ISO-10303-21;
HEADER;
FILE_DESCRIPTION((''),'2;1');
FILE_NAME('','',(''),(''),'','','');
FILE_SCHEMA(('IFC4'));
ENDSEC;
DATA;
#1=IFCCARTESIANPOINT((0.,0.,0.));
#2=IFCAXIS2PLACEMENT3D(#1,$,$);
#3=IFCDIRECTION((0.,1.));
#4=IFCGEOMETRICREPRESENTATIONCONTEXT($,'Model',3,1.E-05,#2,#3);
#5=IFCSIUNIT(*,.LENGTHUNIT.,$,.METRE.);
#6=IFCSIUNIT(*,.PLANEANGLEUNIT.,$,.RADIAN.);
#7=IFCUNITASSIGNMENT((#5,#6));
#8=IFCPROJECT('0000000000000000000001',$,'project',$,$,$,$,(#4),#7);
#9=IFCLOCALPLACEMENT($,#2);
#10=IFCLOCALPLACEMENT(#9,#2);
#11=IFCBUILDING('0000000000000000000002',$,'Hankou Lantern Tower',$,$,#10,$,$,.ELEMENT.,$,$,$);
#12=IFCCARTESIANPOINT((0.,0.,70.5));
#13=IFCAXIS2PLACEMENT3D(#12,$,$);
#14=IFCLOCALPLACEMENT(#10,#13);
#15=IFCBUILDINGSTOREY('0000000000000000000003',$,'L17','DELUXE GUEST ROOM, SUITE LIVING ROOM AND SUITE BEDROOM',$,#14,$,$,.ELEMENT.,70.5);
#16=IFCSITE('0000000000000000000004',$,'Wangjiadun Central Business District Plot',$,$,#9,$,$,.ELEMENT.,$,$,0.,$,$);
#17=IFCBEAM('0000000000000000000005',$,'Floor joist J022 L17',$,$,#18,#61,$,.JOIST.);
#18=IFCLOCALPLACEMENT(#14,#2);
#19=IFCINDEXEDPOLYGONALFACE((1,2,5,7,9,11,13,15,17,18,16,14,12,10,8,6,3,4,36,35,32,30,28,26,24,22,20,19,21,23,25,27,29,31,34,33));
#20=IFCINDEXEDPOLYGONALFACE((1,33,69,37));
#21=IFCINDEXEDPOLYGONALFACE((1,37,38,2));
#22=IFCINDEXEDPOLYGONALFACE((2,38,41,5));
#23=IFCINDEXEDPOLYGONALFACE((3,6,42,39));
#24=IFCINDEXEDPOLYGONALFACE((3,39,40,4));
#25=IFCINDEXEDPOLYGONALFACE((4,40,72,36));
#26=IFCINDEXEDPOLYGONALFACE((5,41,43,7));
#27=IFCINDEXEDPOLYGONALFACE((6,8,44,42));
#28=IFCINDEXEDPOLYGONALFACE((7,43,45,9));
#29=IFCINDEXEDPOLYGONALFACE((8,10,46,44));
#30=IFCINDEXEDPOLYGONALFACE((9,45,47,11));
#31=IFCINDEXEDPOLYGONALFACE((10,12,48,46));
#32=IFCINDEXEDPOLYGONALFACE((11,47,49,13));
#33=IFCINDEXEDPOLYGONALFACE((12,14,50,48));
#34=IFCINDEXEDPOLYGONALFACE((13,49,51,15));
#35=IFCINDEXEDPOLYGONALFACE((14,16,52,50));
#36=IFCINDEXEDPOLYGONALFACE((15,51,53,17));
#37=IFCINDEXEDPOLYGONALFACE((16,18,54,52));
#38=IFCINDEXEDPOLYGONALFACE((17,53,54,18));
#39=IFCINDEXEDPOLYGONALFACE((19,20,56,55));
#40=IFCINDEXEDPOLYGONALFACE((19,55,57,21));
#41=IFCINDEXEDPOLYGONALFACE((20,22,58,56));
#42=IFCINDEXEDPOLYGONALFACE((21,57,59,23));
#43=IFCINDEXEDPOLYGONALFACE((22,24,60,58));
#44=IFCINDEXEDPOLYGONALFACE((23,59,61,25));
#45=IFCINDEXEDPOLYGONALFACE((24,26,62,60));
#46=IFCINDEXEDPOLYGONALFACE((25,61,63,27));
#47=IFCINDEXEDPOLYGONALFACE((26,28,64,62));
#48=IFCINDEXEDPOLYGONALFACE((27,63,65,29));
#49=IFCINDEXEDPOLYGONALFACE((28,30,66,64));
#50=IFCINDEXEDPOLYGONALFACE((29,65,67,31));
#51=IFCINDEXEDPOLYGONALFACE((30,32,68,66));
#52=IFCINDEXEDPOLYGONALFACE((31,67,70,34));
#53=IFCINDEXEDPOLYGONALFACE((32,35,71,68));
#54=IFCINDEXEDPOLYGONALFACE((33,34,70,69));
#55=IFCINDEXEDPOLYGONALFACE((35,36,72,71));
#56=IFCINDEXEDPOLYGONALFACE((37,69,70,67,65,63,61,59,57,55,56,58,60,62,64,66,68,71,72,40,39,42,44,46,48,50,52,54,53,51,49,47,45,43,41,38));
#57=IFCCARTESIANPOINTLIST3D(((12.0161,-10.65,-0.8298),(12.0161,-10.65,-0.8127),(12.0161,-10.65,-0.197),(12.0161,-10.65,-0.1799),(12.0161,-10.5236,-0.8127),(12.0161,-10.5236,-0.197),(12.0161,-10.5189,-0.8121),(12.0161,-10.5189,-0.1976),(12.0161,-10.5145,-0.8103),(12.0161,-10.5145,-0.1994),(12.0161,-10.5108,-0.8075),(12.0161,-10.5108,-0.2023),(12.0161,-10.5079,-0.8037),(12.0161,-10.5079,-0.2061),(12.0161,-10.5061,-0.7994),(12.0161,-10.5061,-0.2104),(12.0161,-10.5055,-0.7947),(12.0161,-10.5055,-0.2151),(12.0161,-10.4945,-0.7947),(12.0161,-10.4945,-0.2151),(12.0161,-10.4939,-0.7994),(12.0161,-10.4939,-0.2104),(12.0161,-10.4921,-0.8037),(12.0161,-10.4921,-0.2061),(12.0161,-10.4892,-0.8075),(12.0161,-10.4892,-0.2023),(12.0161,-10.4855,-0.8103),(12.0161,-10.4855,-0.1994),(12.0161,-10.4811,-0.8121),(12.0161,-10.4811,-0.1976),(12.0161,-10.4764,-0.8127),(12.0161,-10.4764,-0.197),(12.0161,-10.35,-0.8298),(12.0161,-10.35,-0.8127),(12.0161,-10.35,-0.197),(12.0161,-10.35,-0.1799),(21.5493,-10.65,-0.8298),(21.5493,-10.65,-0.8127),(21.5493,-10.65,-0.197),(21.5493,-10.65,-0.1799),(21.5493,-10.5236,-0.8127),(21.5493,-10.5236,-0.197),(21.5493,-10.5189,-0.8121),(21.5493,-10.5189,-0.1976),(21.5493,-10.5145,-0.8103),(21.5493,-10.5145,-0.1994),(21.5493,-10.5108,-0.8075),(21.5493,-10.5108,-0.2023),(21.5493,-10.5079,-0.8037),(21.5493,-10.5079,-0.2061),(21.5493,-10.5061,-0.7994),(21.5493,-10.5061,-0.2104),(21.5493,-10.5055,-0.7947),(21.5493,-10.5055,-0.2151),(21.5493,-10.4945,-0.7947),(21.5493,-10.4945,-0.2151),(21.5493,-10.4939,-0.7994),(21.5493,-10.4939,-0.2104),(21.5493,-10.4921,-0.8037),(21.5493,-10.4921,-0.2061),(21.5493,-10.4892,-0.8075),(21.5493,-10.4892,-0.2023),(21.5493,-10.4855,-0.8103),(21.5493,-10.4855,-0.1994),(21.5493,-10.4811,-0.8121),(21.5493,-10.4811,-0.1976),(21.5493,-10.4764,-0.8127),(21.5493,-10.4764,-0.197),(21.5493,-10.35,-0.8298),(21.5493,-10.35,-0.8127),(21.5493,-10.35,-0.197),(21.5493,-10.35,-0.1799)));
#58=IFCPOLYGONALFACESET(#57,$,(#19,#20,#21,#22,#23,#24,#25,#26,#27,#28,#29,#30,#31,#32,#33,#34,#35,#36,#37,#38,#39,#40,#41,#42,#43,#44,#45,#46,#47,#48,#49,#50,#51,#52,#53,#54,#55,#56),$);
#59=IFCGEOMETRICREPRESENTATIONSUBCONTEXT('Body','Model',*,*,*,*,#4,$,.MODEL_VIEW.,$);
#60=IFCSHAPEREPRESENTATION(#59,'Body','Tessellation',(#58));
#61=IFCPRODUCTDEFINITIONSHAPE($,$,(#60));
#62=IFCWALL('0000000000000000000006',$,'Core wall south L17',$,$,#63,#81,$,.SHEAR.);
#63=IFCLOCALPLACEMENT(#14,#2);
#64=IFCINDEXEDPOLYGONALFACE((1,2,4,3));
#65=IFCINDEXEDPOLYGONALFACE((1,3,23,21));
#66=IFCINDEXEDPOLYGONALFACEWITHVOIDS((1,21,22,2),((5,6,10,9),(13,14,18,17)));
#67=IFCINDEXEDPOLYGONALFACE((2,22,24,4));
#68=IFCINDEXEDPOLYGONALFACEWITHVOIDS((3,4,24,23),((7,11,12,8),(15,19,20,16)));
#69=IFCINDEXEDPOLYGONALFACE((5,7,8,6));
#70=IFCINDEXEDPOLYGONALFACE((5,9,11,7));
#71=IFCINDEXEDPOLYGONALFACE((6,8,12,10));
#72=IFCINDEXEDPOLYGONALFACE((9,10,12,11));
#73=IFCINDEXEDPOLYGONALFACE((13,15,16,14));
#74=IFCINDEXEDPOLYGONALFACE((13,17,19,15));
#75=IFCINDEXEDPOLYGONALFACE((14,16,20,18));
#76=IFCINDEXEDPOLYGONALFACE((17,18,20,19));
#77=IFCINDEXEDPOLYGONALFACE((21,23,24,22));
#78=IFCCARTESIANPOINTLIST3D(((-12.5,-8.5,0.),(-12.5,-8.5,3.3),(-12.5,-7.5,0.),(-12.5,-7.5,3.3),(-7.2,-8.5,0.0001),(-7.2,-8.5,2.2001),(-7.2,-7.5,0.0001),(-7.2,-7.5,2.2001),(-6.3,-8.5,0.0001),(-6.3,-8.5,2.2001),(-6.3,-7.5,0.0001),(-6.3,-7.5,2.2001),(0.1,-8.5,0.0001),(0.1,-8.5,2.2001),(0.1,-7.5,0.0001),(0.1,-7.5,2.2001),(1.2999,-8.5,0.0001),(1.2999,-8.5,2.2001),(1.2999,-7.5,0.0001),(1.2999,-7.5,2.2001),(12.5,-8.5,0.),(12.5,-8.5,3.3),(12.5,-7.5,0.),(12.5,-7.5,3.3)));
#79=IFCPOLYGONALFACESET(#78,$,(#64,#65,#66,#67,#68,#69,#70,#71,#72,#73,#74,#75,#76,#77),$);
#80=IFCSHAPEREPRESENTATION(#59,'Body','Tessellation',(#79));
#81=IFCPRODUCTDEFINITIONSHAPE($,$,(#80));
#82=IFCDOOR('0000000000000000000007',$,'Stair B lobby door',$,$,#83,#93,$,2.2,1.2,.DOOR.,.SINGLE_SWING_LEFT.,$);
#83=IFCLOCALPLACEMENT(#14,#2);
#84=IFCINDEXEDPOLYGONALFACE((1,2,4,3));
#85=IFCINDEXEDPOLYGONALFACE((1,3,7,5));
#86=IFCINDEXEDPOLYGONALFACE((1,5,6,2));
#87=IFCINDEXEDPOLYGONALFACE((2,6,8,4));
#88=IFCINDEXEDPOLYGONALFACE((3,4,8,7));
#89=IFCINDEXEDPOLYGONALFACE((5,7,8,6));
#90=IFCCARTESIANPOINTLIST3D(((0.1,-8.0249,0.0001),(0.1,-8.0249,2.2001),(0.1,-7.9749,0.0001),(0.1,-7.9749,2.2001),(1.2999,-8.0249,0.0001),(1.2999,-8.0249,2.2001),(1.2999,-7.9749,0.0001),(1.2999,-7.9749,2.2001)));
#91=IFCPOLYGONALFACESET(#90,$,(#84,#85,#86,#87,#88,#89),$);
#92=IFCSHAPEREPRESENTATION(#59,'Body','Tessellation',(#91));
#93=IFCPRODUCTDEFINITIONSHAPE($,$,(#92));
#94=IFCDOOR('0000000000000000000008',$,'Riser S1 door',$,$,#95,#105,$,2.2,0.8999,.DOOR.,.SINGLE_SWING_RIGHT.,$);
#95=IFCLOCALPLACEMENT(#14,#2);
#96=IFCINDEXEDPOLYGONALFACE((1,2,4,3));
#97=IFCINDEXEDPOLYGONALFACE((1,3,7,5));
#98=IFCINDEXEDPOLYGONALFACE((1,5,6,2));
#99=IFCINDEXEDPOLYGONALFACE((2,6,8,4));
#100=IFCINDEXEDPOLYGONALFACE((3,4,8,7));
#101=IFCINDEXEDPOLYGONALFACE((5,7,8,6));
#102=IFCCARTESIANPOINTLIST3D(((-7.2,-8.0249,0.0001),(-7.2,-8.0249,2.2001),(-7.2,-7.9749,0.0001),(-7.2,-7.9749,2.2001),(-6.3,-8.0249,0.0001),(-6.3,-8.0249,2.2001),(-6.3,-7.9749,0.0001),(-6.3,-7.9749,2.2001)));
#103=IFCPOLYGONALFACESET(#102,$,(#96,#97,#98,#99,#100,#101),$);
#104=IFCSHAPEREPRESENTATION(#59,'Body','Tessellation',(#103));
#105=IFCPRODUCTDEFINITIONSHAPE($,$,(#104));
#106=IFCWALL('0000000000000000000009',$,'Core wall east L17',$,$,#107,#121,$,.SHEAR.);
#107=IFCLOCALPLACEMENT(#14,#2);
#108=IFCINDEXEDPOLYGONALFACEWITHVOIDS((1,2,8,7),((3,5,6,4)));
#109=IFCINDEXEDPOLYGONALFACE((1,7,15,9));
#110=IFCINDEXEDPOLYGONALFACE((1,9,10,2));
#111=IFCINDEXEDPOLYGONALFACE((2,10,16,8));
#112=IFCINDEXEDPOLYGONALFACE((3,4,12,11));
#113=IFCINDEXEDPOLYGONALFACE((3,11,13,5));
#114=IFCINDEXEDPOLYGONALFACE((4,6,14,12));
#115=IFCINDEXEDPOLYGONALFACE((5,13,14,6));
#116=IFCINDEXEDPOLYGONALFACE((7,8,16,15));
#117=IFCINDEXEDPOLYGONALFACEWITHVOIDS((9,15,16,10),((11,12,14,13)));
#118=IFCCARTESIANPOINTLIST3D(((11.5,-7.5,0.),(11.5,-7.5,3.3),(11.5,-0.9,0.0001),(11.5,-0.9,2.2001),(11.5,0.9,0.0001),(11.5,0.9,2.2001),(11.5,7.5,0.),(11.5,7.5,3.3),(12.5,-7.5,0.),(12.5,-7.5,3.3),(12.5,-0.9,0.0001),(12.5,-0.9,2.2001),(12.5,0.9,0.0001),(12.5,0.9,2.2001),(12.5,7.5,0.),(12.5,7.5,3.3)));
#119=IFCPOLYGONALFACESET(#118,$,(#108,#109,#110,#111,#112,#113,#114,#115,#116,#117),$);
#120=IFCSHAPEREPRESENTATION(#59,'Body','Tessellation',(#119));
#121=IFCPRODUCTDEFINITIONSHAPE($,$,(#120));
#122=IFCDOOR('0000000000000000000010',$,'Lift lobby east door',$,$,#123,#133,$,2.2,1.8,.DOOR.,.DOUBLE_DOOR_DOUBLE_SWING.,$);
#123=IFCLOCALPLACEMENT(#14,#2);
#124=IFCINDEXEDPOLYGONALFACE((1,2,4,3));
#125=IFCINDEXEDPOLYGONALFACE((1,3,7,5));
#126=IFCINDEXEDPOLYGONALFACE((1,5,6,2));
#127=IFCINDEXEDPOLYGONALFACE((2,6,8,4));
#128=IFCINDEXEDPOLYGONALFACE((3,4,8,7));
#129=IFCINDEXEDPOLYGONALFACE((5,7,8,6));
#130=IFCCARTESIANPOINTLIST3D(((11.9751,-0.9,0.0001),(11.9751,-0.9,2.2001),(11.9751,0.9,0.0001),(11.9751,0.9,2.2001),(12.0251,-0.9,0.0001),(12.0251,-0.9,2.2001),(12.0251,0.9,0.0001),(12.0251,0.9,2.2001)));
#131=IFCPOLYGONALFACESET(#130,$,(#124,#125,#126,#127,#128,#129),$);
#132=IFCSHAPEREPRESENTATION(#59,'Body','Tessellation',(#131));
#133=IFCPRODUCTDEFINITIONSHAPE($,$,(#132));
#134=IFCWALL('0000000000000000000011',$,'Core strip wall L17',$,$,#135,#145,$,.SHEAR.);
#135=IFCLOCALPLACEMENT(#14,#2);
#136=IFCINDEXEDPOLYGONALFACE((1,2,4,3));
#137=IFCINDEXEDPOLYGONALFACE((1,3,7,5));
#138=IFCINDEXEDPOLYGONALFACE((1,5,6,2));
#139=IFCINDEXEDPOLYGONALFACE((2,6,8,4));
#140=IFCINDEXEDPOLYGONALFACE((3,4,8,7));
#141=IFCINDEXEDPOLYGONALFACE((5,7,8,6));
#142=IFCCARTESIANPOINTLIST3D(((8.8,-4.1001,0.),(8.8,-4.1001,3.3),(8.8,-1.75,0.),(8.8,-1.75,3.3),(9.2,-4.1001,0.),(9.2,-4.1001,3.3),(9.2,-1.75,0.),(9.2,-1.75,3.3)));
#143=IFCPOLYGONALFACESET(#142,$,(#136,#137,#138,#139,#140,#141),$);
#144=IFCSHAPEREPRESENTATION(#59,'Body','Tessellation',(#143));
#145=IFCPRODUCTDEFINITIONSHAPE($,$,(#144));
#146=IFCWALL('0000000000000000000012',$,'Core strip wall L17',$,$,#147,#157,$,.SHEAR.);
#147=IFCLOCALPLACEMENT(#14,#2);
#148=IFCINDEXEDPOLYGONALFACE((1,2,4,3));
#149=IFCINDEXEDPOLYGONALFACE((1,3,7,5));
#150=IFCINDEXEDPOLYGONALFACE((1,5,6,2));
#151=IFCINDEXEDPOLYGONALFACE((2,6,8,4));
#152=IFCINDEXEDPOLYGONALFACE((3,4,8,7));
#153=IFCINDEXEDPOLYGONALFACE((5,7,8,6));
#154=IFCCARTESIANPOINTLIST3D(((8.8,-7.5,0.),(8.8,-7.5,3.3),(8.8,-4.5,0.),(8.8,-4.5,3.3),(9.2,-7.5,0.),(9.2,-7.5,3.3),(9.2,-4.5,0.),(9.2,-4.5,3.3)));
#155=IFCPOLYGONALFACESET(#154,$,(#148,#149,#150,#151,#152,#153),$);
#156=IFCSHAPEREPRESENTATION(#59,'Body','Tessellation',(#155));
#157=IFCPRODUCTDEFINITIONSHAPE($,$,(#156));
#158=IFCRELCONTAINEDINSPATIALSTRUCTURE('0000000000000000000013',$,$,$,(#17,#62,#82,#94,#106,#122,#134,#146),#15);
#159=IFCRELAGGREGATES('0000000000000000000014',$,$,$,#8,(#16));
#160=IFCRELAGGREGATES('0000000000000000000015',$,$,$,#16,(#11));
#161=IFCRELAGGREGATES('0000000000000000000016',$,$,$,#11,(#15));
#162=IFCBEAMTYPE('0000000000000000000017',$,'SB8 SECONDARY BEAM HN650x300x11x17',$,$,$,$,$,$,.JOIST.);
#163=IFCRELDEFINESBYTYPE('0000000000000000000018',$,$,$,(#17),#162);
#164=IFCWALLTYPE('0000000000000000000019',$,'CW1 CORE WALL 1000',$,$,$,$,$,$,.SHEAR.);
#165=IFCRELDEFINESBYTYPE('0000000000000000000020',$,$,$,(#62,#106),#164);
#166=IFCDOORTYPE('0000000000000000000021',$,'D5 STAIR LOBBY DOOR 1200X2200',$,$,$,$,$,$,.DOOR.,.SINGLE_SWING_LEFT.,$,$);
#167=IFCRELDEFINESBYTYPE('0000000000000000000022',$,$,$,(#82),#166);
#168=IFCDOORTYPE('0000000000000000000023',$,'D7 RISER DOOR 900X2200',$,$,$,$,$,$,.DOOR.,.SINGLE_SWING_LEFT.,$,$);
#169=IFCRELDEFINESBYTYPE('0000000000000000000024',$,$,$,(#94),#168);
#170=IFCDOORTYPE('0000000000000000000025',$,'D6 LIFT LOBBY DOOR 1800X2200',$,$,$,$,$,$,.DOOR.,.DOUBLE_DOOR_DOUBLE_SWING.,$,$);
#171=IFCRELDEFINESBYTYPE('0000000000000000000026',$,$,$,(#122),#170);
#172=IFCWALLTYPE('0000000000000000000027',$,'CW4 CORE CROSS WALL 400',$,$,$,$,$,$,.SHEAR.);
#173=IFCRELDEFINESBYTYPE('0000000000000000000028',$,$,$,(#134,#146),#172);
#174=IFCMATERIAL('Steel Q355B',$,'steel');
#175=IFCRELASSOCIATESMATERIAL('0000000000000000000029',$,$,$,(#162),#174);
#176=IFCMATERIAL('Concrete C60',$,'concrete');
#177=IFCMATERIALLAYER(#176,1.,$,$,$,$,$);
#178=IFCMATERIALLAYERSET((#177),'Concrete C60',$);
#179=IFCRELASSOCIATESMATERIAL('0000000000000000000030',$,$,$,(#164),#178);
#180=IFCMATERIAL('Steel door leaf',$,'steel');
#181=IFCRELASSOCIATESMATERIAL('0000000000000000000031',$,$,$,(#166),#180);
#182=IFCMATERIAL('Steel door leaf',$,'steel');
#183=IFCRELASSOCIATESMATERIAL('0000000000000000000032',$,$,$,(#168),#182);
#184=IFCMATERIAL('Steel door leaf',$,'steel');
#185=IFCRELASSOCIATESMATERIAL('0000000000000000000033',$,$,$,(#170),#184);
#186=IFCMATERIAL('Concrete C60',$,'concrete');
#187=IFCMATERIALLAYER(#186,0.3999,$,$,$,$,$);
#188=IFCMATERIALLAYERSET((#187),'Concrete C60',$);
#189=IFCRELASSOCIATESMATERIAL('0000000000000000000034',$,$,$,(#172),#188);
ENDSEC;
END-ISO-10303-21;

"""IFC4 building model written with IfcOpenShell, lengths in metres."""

from ifc_helpers import new_model, si_unit, direction, frame, frame_2d, origin, origin_2d, place, context, subcontext, project, spatial, rectangle, i_section, extrude, material, layer, layer_set, material_profile, profile_set, type_object, element, fill, save


model = new_model("IFC4")

# Units and contexts
model_context = context("Model", 3, precision=1e-05, world=origin(), true_north=direction((0.0, 1.0)))
body_context = subcontext(model_context, "Body", "Model", "MODEL_VIEW")
ifc_project = project(units=[si_unit("LENGTHUNIT", "METRE"), si_unit("PLANEANGLEUNIT", "RADIAN")], contexts=[model_context])

# Site, building, storey
site_placement = place(None, origin())
site = spatial("IfcSite", under=ifc_project, at=site_placement, Name="Wangjiadun Central Business District Plot", CompositionType="ELEMENT", RefElevation=0.0)
building_placement = place(site_placement, origin())
building = spatial("IfcBuilding", under=site, at=building_placement, Name="Hankou Lantern Tower", CompositionType="ELEMENT")
storey_placement = place(building_placement, frame((0.0, 0.0, 70.5)))
storey = spatial("IfcBuildingStorey", under=building, at=storey_placement, Name="L17", Description="DELUXE GUEST ROOM, SUITE LIVING ROOM AND SUITE BEDROOM", CompositionType="ELEMENT", Elevation=70.5)

# Beam
ifc_material_1 = material(Name="Steel Q355B", Category="steel")
ifc_material_profile_1 = material_profile(ifc_material_1, i_section(OverallWidth=0.3, OverallDepth=0.6499, WebThickness=0.011, FlangeThickness=0.0171, FilletRadius=0.0181, at=origin_2d()), Name="HN650x300x11x17")
ifc_profile_set_1 = profile_set([ifc_material_profile_1], Name="Steel Q355B")
beam_type_1 = type_object("IfcBeamType", Name="SB8 SECONDARY BEAM HN650x300x11x17", PredefinedType="JOIST", material=ifc_profile_set_1)
beam_1_placement = place(storey_placement, frame((12.0161, -10.5, -0.5049), z_axis=(1.0, 0.0, 0.0), x_axis=(0.0, 1.0, 0.0)))
element("IfcBeam", 1, at=beam_1_placement, inside=storey, type_object=beam_type_1, Name="Floor joist J022 L17", PredefinedType="JOIST", context=body_context, shape_type="SweptSolid", body=[
    extrude(i_section(OverallWidth=0.3, OverallDepth=0.6499, WebThickness=0.011, FlangeThickness=0.0171, FilletRadius=0.0181, at=origin_2d()), origin(), (0.0, 0.0, 1.0), 9.5332),
])

# Wall, openings, doors
ifc_material_2 = material(Name="Concrete C60", Category="concrete")
ifc_layer_1 = layer(ifc_material_2, 1.0)
ifc_layer_set_1 = layer_set([ifc_layer_1], Name="Concrete C60")
wall_type_1 = type_object("IfcWallType", Name="CW1 CORE WALL 1000", PredefinedType="SHEAR", material=ifc_layer_set_1)
wall_1_placement = place(storey_placement, frame((12.5, -8.0, 0.0), z_axis=(0.0, 0.0, 1.0), x_axis=(-1.0, 0.0, 0.0)))
wall_1 = element("IfcWall", 2, at=wall_1_placement, inside=storey, type_object=wall_type_1, Name="Core wall south L17", PredefinedType="SHEAR", context=body_context, shape_type="SweptSolid", body=[
    extrude(rectangle(XDim=25.0, YDim=1.0, at=frame_2d((12.5, 0.0))), origin(), (0.0, 0.0, 1.0), 3.3),
])
opening_1_placement = place(wall_1_placement, frame((11.2, 0.0, 0.0)))
opening_1 = element("IfcOpeningElement", 3, at=opening_1_placement, cuts=wall_1, PredefinedType="OPENING", context=body_context, shape_type="SweptSolid", body=[
    extrude(rectangle(XDim=1.2, YDim=2.2, at=frame_2d((0.6001, 1.1001))), frame((0.0, 0.51, 0.0), z_axis=(0.0, -1.0, 0.0), x_axis=(1.0, 0.0, 0.0)), (0.0, 0.0, 1.0), 1.02),
])
opening_2_placement = place(wall_1_placement, frame((18.8, 0.0, 0.0)))
opening_2 = element("IfcOpeningElement", 4, at=opening_2_placement, cuts=wall_1, PredefinedType="OPENING", context=body_context, shape_type="SweptSolid", body=[
    extrude(rectangle(XDim=0.8999, YDim=2.2, at=frame_2d((0.45, 1.1001))), frame((0.0, 0.51, 0.0), z_axis=(0.0, -1.0, 0.0), x_axis=(1.0, 0.0, 0.0)), (0.0, 0.0, 1.0), 1.02),
])
ifc_material_3 = material(Name="Steel door leaf", Category="steel")
door_type_1 = type_object("IfcDoorType", Name="D5 STAIR LOBBY DOOR 1200X2200", OperationType="SINGLE_SWING_LEFT", PredefinedType="DOOR", material=ifc_material_3)
door_1_placement = place(opening_1_placement, origin())
door_1 = element("IfcDoor", 5, at=door_1_placement, inside=storey, type_object=door_type_1, Name="Stair B lobby door", OperationType="SINGLE_SWING_LEFT", OverallHeight=2.2, OverallWidth=1.2, PredefinedType="DOOR", context=body_context, shape_type="SweptSolid", body=[
    extrude(rectangle(XDim=1.2, YDim=2.2, at=frame_2d((0.6001, 1.1001))), frame((0.0, 0.0249, 0.0), z_axis=(0.0, -1.0, 0.0), x_axis=(1.0, 0.0, 0.0)), (0.0, 0.0, 1.0), 0.05),
])
fill(opening_1, door_1)
ifc_material_4 = material(Name="Steel door leaf", Category="steel")
door_type_2 = type_object("IfcDoorType", Name="D7 RISER DOOR 900X2200", OperationType="SINGLE_SWING_LEFT", PredefinedType="DOOR", material=ifc_material_4)
door_2_placement = place(opening_2_placement, origin())
door_2 = element("IfcDoor", 6, at=door_2_placement, inside=storey, type_object=door_type_2, Name="Riser S1 door", OperationType="SINGLE_SWING_RIGHT", OverallHeight=2.2, OverallWidth=0.8999, PredefinedType="DOOR", context=body_context, shape_type="SweptSolid", body=[
    extrude(rectangle(XDim=0.8999, YDim=2.2, at=frame_2d((0.45, 1.1001))), frame((0.0, 0.0249, 0.0), z_axis=(0.0, -1.0, 0.0), x_axis=(1.0, 0.0, 0.0)), (0.0, 0.0, 1.0), 0.05),
])
fill(opening_2, door_2)

# Wall, opening, door
wall_2_placement = place(storey_placement, frame((12.0, -7.5, 0.0), z_axis=(0.0, 0.0, 1.0), x_axis=(0.0, 1.0, 0.0)))
wall_2 = element("IfcWall", 7, at=wall_2_placement, inside=storey, type_object=wall_type_1, Name="Core wall east L17", PredefinedType="SHEAR", context=body_context, shape_type="SweptSolid", body=[
    extrude(rectangle(XDim=15.0, YDim=1.0, at=frame_2d((7.5, 0.0))), origin(), (0.0, 0.0, 1.0), 3.3),
])
opening_3_placement = place(wall_2_placement, frame((6.6001, 0.0, 0.0)))
opening_3 = element("IfcOpeningElement", 8, at=opening_3_placement, cuts=wall_2, PredefinedType="OPENING", context=body_context, shape_type="SweptSolid", body=[
    extrude(rectangle(XDim=1.8, YDim=2.2, at=frame_2d((0.8999, 1.1001))), frame((0.0, 0.51, 0.0), z_axis=(0.0, -1.0, 0.0), x_axis=(1.0, 0.0, 0.0)), (0.0, 0.0, 1.0), 1.02),
])
ifc_material_5 = material(Name="Steel door leaf", Category="steel")
door_type_3 = type_object("IfcDoorType", Name="D6 LIFT LOBBY DOOR 1800X2200", OperationType="DOUBLE_DOOR_DOUBLE_SWING", PredefinedType="DOOR", material=ifc_material_5)
door_3_placement = place(opening_3_placement, origin())
door_3 = element("IfcDoor", 9, at=door_3_placement, inside=storey, type_object=door_type_3, Name="Lift lobby east door", OperationType="DOUBLE_DOOR_DOUBLE_SWING", OverallHeight=2.2, OverallWidth=1.8, PredefinedType="DOOR", context=body_context, shape_type="SweptSolid", body=[
    extrude(rectangle(XDim=1.8, YDim=2.2, at=frame_2d((0.8999, 1.1001))), frame((0.0, 0.0249, 0.0), z_axis=(0.0, -1.0, 0.0), x_axis=(1.0, 0.0, 0.0)), (0.0, 0.0, 1.0), 0.05),
])
fill(opening_3, door_3)

# Walls
ifc_material_6 = material(Name="Concrete C60", Category="concrete")
ifc_layer_2 = layer(ifc_material_6, 0.3999)
ifc_layer_set_2 = layer_set([ifc_layer_2], Name="Concrete C60")
wall_type_2 = type_object("IfcWallType", Name="CW4 CORE CROSS WALL 400", PredefinedType="SHEAR", material=ifc_layer_set_2)
wall_3_placement = place(storey_placement, frame((9.0, -4.1001, 0.0), z_axis=(0.0, 0.0, 1.0), x_axis=(0.0, 1.0, 0.0)))
element("IfcWall", 10, at=wall_3_placement, inside=storey, type_object=wall_type_2, Name="Core strip wall L17", PredefinedType="SHEAR", context=body_context, shape_type="SweptSolid", body=[
    extrude(rectangle(XDim=2.3501, YDim=0.3999, at=frame_2d((1.175, 0.0))), origin(), (0.0, 0.0, 1.0), 3.3),
])
wall_4_placement = place(storey_placement, frame((9.0, -7.5, 0.0), z_axis=(0.0, 0.0, 1.0), x_axis=(0.0, 1.0, 0.0)))
element("IfcWall", 11, at=wall_4_placement, inside=storey, type_object=wall_type_2, Name="Core strip wall L17", PredefinedType="SHEAR", context=body_context, shape_type="SweptSolid", body=[
    extrude(rectangle(XDim=3.0, YDim=0.3999, at=frame_2d((1.5, 0.0))), origin(), (0.0, 0.0, 1.0), 3.3),
])

save(model, "model.ifc")
